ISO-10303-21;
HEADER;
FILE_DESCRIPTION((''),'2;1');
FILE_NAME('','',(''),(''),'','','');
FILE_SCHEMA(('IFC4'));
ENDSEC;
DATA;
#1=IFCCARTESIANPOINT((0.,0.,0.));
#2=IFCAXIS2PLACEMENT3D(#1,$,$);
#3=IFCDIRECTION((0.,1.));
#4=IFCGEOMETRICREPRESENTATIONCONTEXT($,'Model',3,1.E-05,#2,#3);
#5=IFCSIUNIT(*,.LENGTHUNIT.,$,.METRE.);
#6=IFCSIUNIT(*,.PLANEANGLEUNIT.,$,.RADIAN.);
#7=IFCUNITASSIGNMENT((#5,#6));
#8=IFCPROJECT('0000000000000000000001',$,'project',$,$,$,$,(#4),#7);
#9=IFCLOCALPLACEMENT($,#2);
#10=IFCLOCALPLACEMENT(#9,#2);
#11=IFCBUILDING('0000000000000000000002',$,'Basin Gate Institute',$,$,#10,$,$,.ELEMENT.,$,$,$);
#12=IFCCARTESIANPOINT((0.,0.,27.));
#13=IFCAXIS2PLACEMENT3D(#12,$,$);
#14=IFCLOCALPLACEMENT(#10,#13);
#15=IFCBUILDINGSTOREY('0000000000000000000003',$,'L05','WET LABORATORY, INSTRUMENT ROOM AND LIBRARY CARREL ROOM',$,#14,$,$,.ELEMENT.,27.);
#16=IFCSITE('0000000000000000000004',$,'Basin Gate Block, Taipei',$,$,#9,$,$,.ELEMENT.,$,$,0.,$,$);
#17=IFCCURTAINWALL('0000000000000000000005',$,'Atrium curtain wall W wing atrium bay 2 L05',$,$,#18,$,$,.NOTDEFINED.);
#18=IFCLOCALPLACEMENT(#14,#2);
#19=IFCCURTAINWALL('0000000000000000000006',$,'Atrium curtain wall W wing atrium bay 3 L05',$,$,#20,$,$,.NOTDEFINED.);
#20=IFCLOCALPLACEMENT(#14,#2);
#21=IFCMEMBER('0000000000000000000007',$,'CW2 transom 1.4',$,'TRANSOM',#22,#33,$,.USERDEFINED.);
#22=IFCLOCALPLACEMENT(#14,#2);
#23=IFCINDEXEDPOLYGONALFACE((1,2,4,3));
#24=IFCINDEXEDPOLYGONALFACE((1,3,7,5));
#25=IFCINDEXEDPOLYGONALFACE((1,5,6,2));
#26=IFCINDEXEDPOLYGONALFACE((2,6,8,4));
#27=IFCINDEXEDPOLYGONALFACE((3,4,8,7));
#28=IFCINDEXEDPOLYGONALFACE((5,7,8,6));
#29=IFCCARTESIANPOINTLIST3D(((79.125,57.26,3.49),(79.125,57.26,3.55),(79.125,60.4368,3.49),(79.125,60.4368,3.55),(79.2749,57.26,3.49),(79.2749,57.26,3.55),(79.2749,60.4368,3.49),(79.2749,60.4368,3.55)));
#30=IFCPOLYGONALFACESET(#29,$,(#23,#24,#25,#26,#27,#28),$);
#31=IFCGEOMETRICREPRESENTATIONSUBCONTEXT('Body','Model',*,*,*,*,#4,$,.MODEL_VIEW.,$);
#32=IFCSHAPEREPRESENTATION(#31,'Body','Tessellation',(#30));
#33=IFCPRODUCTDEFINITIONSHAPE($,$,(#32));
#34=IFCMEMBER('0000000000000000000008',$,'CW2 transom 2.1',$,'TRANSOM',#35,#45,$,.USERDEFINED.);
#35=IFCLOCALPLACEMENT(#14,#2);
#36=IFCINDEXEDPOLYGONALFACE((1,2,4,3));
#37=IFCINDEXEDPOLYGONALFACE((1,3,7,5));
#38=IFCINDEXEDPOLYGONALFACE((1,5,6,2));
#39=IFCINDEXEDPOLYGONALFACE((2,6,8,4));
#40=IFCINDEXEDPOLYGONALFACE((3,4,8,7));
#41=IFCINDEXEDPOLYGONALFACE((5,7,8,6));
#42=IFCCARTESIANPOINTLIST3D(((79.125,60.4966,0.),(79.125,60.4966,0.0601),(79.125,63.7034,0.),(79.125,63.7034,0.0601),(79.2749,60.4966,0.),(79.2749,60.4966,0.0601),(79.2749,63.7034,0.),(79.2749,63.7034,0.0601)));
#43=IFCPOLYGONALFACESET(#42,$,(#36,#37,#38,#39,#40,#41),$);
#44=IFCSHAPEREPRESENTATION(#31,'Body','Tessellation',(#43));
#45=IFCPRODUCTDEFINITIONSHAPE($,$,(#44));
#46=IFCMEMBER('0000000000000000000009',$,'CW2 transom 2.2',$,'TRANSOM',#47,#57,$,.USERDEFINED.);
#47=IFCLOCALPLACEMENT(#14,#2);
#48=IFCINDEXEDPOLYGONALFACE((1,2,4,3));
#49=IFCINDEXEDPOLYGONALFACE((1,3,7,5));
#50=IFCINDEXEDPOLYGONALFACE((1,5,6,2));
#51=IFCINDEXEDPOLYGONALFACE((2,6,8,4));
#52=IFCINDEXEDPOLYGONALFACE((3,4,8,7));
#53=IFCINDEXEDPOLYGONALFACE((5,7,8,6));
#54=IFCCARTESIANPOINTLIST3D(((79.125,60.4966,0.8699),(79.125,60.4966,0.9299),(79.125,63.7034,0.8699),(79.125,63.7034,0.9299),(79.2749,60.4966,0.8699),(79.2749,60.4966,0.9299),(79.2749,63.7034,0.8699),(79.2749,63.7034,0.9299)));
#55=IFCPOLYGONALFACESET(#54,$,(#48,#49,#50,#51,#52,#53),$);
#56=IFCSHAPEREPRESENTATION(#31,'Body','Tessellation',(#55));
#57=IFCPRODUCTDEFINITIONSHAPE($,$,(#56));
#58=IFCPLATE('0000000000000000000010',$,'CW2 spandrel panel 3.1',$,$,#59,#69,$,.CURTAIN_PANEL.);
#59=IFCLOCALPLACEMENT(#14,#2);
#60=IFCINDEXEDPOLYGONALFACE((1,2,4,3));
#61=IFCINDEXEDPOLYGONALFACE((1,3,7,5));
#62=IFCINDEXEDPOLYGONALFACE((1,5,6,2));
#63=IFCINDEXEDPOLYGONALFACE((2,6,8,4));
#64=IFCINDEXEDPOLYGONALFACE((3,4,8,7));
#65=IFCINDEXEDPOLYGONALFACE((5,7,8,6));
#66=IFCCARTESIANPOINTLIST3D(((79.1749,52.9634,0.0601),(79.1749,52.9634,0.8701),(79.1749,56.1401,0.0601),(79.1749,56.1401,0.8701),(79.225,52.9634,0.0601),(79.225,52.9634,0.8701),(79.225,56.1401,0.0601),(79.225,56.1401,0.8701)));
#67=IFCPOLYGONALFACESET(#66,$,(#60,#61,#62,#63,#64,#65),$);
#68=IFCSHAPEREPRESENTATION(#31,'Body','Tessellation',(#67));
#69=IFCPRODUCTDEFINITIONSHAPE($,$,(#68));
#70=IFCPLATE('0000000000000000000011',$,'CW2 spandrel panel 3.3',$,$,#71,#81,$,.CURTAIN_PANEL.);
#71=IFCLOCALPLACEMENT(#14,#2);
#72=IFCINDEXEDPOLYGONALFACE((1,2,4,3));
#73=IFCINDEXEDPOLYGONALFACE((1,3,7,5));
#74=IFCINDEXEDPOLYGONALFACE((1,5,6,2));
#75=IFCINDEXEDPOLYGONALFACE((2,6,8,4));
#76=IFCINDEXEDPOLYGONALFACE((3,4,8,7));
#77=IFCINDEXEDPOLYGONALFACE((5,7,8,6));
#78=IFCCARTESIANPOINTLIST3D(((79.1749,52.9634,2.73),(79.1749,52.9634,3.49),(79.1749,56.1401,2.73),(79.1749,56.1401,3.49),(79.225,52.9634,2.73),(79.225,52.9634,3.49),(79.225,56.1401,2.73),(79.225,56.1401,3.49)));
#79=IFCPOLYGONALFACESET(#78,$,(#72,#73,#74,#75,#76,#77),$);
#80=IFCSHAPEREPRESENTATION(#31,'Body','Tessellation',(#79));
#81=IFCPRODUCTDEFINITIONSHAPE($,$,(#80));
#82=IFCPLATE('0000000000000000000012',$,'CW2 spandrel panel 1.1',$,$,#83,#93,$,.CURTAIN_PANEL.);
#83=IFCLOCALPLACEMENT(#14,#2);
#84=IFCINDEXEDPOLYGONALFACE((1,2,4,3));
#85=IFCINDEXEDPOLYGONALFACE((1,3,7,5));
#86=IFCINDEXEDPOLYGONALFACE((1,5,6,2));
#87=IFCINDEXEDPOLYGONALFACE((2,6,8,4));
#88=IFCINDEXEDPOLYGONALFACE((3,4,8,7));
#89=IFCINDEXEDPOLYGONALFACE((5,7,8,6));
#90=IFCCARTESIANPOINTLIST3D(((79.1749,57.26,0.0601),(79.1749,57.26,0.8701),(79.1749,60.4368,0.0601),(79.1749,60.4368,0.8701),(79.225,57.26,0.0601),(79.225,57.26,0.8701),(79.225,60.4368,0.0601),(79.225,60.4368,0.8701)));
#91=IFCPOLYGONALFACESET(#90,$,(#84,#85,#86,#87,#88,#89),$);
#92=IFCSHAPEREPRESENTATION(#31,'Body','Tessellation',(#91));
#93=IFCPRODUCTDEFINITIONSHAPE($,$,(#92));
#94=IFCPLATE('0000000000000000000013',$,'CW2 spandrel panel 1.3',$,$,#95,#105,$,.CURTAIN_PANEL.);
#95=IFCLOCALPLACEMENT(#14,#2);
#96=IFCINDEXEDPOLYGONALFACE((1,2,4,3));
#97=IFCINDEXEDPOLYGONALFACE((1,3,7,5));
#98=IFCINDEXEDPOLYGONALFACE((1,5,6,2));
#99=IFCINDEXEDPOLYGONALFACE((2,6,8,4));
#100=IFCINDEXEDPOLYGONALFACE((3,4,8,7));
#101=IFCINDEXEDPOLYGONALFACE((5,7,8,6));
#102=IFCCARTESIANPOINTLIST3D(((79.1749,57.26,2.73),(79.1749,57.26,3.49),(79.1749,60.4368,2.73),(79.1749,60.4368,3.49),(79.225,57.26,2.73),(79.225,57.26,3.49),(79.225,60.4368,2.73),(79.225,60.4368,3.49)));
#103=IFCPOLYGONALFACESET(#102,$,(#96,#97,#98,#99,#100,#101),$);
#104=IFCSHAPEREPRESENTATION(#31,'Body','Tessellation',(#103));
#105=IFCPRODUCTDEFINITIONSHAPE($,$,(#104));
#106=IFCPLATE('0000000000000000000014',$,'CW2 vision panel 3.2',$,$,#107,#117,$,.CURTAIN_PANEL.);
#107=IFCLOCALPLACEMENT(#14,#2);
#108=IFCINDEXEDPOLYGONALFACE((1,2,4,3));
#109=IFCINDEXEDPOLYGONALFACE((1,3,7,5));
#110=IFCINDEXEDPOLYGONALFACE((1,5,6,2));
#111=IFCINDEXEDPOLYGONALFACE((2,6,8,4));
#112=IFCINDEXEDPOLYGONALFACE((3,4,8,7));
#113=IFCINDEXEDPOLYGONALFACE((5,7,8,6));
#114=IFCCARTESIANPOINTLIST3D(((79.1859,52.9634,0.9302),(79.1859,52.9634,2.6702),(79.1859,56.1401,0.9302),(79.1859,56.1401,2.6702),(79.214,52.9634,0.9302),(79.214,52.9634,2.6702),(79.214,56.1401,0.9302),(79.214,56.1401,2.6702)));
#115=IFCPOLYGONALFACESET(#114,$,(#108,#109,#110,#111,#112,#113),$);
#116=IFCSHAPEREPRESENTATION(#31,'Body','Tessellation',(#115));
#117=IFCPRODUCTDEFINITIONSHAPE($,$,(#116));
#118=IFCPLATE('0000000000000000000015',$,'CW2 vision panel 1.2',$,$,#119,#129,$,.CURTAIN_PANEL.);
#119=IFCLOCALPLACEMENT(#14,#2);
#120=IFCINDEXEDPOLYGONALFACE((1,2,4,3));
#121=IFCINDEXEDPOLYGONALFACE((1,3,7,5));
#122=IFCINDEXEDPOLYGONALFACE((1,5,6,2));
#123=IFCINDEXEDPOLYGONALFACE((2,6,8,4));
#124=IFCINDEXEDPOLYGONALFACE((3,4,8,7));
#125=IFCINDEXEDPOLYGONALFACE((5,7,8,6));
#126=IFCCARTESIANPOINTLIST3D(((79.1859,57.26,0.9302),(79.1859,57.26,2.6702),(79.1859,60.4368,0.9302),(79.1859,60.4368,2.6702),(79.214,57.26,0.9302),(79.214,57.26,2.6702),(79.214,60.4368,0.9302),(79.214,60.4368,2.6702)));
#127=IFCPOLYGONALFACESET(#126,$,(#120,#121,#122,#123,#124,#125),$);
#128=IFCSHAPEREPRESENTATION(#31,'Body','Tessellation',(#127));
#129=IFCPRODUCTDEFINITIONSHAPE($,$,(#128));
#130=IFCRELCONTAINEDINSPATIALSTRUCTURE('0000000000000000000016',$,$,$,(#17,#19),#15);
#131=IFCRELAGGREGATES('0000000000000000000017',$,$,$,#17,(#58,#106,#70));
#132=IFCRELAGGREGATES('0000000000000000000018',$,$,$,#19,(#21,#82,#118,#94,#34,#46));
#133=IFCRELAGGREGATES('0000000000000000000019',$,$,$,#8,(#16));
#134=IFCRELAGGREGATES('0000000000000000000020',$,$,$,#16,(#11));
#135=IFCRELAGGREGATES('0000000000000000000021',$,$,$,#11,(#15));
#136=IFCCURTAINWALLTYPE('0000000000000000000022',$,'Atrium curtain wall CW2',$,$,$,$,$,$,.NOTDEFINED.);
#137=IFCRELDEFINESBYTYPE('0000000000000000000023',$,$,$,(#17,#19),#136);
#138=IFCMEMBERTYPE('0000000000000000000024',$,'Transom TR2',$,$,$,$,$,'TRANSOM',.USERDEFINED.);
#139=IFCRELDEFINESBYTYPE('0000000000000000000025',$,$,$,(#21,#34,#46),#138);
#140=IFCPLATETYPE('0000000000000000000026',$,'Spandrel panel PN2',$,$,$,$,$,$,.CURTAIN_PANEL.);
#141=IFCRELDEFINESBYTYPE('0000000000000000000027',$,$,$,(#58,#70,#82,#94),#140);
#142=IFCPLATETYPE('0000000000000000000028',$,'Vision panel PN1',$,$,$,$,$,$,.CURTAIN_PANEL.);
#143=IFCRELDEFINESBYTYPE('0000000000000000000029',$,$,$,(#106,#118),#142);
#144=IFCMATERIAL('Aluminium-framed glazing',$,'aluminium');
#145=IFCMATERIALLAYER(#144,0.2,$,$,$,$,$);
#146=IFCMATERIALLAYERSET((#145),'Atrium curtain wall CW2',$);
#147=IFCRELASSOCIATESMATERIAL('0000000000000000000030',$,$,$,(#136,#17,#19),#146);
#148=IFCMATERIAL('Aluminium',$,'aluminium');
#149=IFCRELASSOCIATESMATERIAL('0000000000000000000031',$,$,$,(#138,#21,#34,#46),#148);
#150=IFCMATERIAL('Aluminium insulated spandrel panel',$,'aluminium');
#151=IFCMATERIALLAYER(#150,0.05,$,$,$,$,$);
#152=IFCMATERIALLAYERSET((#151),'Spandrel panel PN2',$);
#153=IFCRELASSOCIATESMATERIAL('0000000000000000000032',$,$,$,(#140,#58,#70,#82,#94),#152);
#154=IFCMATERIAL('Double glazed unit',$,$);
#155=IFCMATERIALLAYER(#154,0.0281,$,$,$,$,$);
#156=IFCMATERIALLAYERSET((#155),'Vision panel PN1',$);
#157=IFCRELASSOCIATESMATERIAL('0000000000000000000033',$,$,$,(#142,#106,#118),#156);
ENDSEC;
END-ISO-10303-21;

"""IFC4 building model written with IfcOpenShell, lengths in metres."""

from ifc_helpers import new_model, si_unit, direction, frame, origin, origin_2d, place, context, subcontext, project, spatial, rectangle, extrude, material, layer, layer_set, material_profile, profile_set, type_object, element, aggregate, save


model = new_model("IFC4")

# Units and contexts
model_context = context("Model", 3, precision=1e-05, world=origin(), true_north=direction((0.0, 1.0)))
body_context = subcontext(model_context, "Body", "Model", "MODEL_VIEW")
ifc_project = project(units=[si_unit("LENGTHUNIT", "METRE"), si_unit("PLANEANGLEUNIT", "RADIAN")], contexts=[model_context])

# Site, building, storey
site_placement = place(None, origin())
site = spatial("IfcSite", under=ifc_project, at=site_placement, Name="Basin Gate Block, Taipei", CompositionType="ELEMENT", RefElevation=0.0)
building_placement = place(site_placement, origin())
building = spatial("IfcBuilding", under=site, at=building_placement, Name="Basin Gate Institute", CompositionType="ELEMENT")
storey_placement = place(building_placement, frame((0.0, 0.0, 27.0)))
storey = spatial("IfcBuildingStorey", under=building, at=storey_placement, Name="L05", Description="WET LABORATORY, INSTRUMENT ROOM AND LIBRARY CARREL ROOM", CompositionType="ELEMENT", Elevation=27.0)

# Curtain wall
ifc_material_1 = material(Name="Aluminium-framed glazing", Category="aluminium")
ifc_layer_1 = layer(ifc_material_1, 0.2)
ifc_layer_set_1 = layer_set([ifc_layer_1], Name="Atrium curtain wall CW2")
curtain_wall_type = type_object("IfcCurtainWallType", Name="Atrium curtain wall CW2", PredefinedType="NOTDEFINED", material=ifc_layer_set_1)
curtain_wall_1_placement = place(storey_placement, origin())
curtain_wall_1 = element("IfcCurtainWall", 1, at=curtain_wall_1_placement, inside=storey, type_object=curtain_wall_type, material=ifc_layer_set_1, Name="Atrium curtain wall W wing atrium bay 2 L05", PredefinedType="NOTDEFINED")

# Curtain wall
curtain_wall_2_placement = place(storey_placement, origin())
curtain_wall_2 = element("IfcCurtainWall", 2, at=curtain_wall_2_placement, inside=storey, type_object=curtain_wall_type, material=ifc_layer_set_1, Name="Atrium curtain wall W wing atrium bay 3 L05", PredefinedType="NOTDEFINED")

# Members
ifc_material_2 = material(Name="Aluminium", Category="aluminium")
ifc_material_profile_1 = material_profile(ifc_material_2, rectangle(XDim=0.1499, YDim=0.0601, at=origin_2d()), Name="Transom TR2 150 x 60")
ifc_profile_set_1 = profile_set([ifc_material_profile_1], Name="Aluminium")
member_type_1 = type_object("IfcMemberType", Name="Transom TR2", ElementType="TRANSOM", PredefinedType="USERDEFINED", material=ifc_profile_set_1)
member_1_placement = place(storey_placement, frame((79.2, 57.26, 3.52), z_axis=(0.0, 1.0, 0.0), x_axis=(-1.0, 0.0, 0.0)))
member_1 = element("IfcMember", 3, at=member_1_placement, type_object=member_type_1, material=ifc_profile_set_1, Name="CW2 transom 1.4", ObjectType="TRANSOM", PredefinedType="USERDEFINED", context=body_context, shape_type="SweptSolid", body=[
    extrude(rectangle(XDim=0.1499, YDim=0.0601, at=origin_2d()), origin(), (0.0, 0.0, 1.0), 3.1768),
])
member_2_placement = place(storey_placement, frame((79.2, 60.4966, 0.03), z_axis=(0.0, 1.0, 0.0), x_axis=(-1.0, 0.0, 0.0)))
member_2 = element("IfcMember", 4, at=member_2_placement, type_object=member_type_1, material=ifc_profile_set_1, Name="CW2 transom 2.1", ObjectType="TRANSOM", PredefinedType="USERDEFINED", context=body_context, shape_type="SweptSolid", body=[
    extrude(rectangle(XDim=0.1499, YDim=0.0601, at=origin_2d()), origin(), (0.0, 0.0, 1.0), 3.2068),
])
member_3_placement = place(storey_placement, frame((79.2, 60.4966, 0.8999), z_axis=(0.0, 1.0, 0.0), x_axis=(-1.0, 0.0, 0.0)))
member_3 = element("IfcMember", 5, at=member_3_placement, type_object=member_type_1, material=ifc_profile_set_1, Name="CW2 transom 2.2", ObjectType="TRANSOM", PredefinedType="USERDEFINED", context=body_context, shape_type="SweptSolid", body=[
    extrude(rectangle(XDim=0.1499, YDim=0.0601, at=origin_2d()), origin(), (0.0, 0.0, 1.0), 3.2068),
])

# Plates
ifc_material_3 = material(Name="Aluminium insulated spandrel panel", Category="aluminium")
ifc_layer_2 = layer(ifc_material_3, 0.05)
ifc_layer_set_2 = layer_set([ifc_layer_2], Name="Spandrel panel PN2")
plate_type_1 = type_object("IfcPlateType", Name="Spandrel panel PN2", PredefinedType="CURTAIN_PANEL", material=ifc_layer_set_2)
plate_1_placement = place(storey_placement, frame((79.2, 54.5518, 0.0601), z_axis=(0.0, 0.0, 1.0), x_axis=(0.0, 1.0, 0.0)))
plate_1 = element("IfcPlate", 6, at=plate_1_placement, type_object=plate_type_1, material=ifc_layer_set_2, Name="CW2 spandrel panel 3.1", PredefinedType="CURTAIN_PANEL", context=body_context, shape_type="SweptSolid", body=[
    extrude(rectangle(XDim=3.1768, YDim=0.05, at=origin_2d()), origin(), (0.0, 0.0, 1.0), 0.8101),
])
plate_2_placement = place(storey_placement, frame((79.2, 54.5518, 2.73), z_axis=(0.0, 0.0, 1.0), x_axis=(0.0, 1.0, 0.0)))
plate_2 = element("IfcPlate", 7, at=plate_2_placement, type_object=plate_type_1, material=ifc_layer_set_2, Name="CW2 spandrel panel 3.3", PredefinedType="CURTAIN_PANEL", context=body_context, shape_type="SweptSolid", body=[
    extrude(rectangle(XDim=3.1768, YDim=0.05, at=origin_2d()), origin(), (0.0, 0.0, 1.0), 0.76),
])
plate_3_placement = place(storey_placement, frame((79.2, 58.8484, 0.0601), z_axis=(0.0, 0.0, 1.0), x_axis=(0.0, 1.0, 0.0)))
plate_3 = element("IfcPlate", 8, at=plate_3_placement, type_object=plate_type_1, material=ifc_layer_set_2, Name="CW2 spandrel panel 1.1", PredefinedType="CURTAIN_PANEL", context=body_context, shape_type="SweptSolid", body=[
    extrude(rectangle(XDim=3.1768, YDim=0.05, at=origin_2d()), origin(), (0.0, 0.0, 1.0), 0.8101),
])
plate_4_placement = place(storey_placement, frame((79.2, 58.8484, 2.73), z_axis=(0.0, 0.0, 1.0), x_axis=(0.0, 1.0, 0.0)))
plate_4 = element("IfcPlate", 9, at=plate_4_placement, type_object=plate_type_1, material=ifc_layer_set_2, Name="CW2 spandrel panel 1.3", PredefinedType="CURTAIN_PANEL", context=body_context, shape_type="SweptSolid", body=[
    extrude(rectangle(XDim=3.1768, YDim=0.05, at=origin_2d()), origin(), (0.0, 0.0, 1.0), 0.76),
])
ifc_material_4 = material(Name="Double glazed unit")
ifc_layer_3 = layer(ifc_material_4, 0.0281)
ifc_layer_set_3 = layer_set([ifc_layer_3], Name="Vision panel PN1")
plate_type_2 = type_object("IfcPlateType", Name="Vision panel PN1", PredefinedType="CURTAIN_PANEL", material=ifc_layer_set_3)
plate_5_placement = place(storey_placement, frame((79.2, 54.5518, 0.9302), z_axis=(0.0, 0.0, 1.0), x_axis=(0.0, 1.0, 0.0)))
plate_5 = element("IfcPlate", 10, at=plate_5_placement, type_object=plate_type_2, material=ifc_layer_set_3, Name="CW2 vision panel 3.2", PredefinedType="CURTAIN_PANEL", context=body_context, shape_type="SweptSolid", body=[
    extrude(rectangle(XDim=3.1768, YDim=0.0281, at=origin_2d()), origin(), (0.0, 0.0, 1.0), 1.74),
])
aggregate(curtain_wall_1, [plate_1, plate_5, plate_2])
plate_6_placement = place(storey_placement, frame((79.2, 58.8484, 0.9302), z_axis=(0.0, 0.0, 1.0), x_axis=(0.0, 1.0, 0.0)))
plate_6 = element("IfcPlate", 11, at=plate_6_placement, type_object=plate_type_2, material=ifc_layer_set_3, Name="CW2 vision panel 1.2", PredefinedType="CURTAIN_PANEL", context=body_context, shape_type="SweptSolid", body=[
    extrude(rectangle(XDim=3.1768, YDim=0.0281, at=origin_2d()), origin(), (0.0, 0.0, 1.0), 1.74),
])
aggregate(curtain_wall_2, [member_1, plate_3, plate_6, plate_4, member_2, member_3])

save(model, "model.ifc")
